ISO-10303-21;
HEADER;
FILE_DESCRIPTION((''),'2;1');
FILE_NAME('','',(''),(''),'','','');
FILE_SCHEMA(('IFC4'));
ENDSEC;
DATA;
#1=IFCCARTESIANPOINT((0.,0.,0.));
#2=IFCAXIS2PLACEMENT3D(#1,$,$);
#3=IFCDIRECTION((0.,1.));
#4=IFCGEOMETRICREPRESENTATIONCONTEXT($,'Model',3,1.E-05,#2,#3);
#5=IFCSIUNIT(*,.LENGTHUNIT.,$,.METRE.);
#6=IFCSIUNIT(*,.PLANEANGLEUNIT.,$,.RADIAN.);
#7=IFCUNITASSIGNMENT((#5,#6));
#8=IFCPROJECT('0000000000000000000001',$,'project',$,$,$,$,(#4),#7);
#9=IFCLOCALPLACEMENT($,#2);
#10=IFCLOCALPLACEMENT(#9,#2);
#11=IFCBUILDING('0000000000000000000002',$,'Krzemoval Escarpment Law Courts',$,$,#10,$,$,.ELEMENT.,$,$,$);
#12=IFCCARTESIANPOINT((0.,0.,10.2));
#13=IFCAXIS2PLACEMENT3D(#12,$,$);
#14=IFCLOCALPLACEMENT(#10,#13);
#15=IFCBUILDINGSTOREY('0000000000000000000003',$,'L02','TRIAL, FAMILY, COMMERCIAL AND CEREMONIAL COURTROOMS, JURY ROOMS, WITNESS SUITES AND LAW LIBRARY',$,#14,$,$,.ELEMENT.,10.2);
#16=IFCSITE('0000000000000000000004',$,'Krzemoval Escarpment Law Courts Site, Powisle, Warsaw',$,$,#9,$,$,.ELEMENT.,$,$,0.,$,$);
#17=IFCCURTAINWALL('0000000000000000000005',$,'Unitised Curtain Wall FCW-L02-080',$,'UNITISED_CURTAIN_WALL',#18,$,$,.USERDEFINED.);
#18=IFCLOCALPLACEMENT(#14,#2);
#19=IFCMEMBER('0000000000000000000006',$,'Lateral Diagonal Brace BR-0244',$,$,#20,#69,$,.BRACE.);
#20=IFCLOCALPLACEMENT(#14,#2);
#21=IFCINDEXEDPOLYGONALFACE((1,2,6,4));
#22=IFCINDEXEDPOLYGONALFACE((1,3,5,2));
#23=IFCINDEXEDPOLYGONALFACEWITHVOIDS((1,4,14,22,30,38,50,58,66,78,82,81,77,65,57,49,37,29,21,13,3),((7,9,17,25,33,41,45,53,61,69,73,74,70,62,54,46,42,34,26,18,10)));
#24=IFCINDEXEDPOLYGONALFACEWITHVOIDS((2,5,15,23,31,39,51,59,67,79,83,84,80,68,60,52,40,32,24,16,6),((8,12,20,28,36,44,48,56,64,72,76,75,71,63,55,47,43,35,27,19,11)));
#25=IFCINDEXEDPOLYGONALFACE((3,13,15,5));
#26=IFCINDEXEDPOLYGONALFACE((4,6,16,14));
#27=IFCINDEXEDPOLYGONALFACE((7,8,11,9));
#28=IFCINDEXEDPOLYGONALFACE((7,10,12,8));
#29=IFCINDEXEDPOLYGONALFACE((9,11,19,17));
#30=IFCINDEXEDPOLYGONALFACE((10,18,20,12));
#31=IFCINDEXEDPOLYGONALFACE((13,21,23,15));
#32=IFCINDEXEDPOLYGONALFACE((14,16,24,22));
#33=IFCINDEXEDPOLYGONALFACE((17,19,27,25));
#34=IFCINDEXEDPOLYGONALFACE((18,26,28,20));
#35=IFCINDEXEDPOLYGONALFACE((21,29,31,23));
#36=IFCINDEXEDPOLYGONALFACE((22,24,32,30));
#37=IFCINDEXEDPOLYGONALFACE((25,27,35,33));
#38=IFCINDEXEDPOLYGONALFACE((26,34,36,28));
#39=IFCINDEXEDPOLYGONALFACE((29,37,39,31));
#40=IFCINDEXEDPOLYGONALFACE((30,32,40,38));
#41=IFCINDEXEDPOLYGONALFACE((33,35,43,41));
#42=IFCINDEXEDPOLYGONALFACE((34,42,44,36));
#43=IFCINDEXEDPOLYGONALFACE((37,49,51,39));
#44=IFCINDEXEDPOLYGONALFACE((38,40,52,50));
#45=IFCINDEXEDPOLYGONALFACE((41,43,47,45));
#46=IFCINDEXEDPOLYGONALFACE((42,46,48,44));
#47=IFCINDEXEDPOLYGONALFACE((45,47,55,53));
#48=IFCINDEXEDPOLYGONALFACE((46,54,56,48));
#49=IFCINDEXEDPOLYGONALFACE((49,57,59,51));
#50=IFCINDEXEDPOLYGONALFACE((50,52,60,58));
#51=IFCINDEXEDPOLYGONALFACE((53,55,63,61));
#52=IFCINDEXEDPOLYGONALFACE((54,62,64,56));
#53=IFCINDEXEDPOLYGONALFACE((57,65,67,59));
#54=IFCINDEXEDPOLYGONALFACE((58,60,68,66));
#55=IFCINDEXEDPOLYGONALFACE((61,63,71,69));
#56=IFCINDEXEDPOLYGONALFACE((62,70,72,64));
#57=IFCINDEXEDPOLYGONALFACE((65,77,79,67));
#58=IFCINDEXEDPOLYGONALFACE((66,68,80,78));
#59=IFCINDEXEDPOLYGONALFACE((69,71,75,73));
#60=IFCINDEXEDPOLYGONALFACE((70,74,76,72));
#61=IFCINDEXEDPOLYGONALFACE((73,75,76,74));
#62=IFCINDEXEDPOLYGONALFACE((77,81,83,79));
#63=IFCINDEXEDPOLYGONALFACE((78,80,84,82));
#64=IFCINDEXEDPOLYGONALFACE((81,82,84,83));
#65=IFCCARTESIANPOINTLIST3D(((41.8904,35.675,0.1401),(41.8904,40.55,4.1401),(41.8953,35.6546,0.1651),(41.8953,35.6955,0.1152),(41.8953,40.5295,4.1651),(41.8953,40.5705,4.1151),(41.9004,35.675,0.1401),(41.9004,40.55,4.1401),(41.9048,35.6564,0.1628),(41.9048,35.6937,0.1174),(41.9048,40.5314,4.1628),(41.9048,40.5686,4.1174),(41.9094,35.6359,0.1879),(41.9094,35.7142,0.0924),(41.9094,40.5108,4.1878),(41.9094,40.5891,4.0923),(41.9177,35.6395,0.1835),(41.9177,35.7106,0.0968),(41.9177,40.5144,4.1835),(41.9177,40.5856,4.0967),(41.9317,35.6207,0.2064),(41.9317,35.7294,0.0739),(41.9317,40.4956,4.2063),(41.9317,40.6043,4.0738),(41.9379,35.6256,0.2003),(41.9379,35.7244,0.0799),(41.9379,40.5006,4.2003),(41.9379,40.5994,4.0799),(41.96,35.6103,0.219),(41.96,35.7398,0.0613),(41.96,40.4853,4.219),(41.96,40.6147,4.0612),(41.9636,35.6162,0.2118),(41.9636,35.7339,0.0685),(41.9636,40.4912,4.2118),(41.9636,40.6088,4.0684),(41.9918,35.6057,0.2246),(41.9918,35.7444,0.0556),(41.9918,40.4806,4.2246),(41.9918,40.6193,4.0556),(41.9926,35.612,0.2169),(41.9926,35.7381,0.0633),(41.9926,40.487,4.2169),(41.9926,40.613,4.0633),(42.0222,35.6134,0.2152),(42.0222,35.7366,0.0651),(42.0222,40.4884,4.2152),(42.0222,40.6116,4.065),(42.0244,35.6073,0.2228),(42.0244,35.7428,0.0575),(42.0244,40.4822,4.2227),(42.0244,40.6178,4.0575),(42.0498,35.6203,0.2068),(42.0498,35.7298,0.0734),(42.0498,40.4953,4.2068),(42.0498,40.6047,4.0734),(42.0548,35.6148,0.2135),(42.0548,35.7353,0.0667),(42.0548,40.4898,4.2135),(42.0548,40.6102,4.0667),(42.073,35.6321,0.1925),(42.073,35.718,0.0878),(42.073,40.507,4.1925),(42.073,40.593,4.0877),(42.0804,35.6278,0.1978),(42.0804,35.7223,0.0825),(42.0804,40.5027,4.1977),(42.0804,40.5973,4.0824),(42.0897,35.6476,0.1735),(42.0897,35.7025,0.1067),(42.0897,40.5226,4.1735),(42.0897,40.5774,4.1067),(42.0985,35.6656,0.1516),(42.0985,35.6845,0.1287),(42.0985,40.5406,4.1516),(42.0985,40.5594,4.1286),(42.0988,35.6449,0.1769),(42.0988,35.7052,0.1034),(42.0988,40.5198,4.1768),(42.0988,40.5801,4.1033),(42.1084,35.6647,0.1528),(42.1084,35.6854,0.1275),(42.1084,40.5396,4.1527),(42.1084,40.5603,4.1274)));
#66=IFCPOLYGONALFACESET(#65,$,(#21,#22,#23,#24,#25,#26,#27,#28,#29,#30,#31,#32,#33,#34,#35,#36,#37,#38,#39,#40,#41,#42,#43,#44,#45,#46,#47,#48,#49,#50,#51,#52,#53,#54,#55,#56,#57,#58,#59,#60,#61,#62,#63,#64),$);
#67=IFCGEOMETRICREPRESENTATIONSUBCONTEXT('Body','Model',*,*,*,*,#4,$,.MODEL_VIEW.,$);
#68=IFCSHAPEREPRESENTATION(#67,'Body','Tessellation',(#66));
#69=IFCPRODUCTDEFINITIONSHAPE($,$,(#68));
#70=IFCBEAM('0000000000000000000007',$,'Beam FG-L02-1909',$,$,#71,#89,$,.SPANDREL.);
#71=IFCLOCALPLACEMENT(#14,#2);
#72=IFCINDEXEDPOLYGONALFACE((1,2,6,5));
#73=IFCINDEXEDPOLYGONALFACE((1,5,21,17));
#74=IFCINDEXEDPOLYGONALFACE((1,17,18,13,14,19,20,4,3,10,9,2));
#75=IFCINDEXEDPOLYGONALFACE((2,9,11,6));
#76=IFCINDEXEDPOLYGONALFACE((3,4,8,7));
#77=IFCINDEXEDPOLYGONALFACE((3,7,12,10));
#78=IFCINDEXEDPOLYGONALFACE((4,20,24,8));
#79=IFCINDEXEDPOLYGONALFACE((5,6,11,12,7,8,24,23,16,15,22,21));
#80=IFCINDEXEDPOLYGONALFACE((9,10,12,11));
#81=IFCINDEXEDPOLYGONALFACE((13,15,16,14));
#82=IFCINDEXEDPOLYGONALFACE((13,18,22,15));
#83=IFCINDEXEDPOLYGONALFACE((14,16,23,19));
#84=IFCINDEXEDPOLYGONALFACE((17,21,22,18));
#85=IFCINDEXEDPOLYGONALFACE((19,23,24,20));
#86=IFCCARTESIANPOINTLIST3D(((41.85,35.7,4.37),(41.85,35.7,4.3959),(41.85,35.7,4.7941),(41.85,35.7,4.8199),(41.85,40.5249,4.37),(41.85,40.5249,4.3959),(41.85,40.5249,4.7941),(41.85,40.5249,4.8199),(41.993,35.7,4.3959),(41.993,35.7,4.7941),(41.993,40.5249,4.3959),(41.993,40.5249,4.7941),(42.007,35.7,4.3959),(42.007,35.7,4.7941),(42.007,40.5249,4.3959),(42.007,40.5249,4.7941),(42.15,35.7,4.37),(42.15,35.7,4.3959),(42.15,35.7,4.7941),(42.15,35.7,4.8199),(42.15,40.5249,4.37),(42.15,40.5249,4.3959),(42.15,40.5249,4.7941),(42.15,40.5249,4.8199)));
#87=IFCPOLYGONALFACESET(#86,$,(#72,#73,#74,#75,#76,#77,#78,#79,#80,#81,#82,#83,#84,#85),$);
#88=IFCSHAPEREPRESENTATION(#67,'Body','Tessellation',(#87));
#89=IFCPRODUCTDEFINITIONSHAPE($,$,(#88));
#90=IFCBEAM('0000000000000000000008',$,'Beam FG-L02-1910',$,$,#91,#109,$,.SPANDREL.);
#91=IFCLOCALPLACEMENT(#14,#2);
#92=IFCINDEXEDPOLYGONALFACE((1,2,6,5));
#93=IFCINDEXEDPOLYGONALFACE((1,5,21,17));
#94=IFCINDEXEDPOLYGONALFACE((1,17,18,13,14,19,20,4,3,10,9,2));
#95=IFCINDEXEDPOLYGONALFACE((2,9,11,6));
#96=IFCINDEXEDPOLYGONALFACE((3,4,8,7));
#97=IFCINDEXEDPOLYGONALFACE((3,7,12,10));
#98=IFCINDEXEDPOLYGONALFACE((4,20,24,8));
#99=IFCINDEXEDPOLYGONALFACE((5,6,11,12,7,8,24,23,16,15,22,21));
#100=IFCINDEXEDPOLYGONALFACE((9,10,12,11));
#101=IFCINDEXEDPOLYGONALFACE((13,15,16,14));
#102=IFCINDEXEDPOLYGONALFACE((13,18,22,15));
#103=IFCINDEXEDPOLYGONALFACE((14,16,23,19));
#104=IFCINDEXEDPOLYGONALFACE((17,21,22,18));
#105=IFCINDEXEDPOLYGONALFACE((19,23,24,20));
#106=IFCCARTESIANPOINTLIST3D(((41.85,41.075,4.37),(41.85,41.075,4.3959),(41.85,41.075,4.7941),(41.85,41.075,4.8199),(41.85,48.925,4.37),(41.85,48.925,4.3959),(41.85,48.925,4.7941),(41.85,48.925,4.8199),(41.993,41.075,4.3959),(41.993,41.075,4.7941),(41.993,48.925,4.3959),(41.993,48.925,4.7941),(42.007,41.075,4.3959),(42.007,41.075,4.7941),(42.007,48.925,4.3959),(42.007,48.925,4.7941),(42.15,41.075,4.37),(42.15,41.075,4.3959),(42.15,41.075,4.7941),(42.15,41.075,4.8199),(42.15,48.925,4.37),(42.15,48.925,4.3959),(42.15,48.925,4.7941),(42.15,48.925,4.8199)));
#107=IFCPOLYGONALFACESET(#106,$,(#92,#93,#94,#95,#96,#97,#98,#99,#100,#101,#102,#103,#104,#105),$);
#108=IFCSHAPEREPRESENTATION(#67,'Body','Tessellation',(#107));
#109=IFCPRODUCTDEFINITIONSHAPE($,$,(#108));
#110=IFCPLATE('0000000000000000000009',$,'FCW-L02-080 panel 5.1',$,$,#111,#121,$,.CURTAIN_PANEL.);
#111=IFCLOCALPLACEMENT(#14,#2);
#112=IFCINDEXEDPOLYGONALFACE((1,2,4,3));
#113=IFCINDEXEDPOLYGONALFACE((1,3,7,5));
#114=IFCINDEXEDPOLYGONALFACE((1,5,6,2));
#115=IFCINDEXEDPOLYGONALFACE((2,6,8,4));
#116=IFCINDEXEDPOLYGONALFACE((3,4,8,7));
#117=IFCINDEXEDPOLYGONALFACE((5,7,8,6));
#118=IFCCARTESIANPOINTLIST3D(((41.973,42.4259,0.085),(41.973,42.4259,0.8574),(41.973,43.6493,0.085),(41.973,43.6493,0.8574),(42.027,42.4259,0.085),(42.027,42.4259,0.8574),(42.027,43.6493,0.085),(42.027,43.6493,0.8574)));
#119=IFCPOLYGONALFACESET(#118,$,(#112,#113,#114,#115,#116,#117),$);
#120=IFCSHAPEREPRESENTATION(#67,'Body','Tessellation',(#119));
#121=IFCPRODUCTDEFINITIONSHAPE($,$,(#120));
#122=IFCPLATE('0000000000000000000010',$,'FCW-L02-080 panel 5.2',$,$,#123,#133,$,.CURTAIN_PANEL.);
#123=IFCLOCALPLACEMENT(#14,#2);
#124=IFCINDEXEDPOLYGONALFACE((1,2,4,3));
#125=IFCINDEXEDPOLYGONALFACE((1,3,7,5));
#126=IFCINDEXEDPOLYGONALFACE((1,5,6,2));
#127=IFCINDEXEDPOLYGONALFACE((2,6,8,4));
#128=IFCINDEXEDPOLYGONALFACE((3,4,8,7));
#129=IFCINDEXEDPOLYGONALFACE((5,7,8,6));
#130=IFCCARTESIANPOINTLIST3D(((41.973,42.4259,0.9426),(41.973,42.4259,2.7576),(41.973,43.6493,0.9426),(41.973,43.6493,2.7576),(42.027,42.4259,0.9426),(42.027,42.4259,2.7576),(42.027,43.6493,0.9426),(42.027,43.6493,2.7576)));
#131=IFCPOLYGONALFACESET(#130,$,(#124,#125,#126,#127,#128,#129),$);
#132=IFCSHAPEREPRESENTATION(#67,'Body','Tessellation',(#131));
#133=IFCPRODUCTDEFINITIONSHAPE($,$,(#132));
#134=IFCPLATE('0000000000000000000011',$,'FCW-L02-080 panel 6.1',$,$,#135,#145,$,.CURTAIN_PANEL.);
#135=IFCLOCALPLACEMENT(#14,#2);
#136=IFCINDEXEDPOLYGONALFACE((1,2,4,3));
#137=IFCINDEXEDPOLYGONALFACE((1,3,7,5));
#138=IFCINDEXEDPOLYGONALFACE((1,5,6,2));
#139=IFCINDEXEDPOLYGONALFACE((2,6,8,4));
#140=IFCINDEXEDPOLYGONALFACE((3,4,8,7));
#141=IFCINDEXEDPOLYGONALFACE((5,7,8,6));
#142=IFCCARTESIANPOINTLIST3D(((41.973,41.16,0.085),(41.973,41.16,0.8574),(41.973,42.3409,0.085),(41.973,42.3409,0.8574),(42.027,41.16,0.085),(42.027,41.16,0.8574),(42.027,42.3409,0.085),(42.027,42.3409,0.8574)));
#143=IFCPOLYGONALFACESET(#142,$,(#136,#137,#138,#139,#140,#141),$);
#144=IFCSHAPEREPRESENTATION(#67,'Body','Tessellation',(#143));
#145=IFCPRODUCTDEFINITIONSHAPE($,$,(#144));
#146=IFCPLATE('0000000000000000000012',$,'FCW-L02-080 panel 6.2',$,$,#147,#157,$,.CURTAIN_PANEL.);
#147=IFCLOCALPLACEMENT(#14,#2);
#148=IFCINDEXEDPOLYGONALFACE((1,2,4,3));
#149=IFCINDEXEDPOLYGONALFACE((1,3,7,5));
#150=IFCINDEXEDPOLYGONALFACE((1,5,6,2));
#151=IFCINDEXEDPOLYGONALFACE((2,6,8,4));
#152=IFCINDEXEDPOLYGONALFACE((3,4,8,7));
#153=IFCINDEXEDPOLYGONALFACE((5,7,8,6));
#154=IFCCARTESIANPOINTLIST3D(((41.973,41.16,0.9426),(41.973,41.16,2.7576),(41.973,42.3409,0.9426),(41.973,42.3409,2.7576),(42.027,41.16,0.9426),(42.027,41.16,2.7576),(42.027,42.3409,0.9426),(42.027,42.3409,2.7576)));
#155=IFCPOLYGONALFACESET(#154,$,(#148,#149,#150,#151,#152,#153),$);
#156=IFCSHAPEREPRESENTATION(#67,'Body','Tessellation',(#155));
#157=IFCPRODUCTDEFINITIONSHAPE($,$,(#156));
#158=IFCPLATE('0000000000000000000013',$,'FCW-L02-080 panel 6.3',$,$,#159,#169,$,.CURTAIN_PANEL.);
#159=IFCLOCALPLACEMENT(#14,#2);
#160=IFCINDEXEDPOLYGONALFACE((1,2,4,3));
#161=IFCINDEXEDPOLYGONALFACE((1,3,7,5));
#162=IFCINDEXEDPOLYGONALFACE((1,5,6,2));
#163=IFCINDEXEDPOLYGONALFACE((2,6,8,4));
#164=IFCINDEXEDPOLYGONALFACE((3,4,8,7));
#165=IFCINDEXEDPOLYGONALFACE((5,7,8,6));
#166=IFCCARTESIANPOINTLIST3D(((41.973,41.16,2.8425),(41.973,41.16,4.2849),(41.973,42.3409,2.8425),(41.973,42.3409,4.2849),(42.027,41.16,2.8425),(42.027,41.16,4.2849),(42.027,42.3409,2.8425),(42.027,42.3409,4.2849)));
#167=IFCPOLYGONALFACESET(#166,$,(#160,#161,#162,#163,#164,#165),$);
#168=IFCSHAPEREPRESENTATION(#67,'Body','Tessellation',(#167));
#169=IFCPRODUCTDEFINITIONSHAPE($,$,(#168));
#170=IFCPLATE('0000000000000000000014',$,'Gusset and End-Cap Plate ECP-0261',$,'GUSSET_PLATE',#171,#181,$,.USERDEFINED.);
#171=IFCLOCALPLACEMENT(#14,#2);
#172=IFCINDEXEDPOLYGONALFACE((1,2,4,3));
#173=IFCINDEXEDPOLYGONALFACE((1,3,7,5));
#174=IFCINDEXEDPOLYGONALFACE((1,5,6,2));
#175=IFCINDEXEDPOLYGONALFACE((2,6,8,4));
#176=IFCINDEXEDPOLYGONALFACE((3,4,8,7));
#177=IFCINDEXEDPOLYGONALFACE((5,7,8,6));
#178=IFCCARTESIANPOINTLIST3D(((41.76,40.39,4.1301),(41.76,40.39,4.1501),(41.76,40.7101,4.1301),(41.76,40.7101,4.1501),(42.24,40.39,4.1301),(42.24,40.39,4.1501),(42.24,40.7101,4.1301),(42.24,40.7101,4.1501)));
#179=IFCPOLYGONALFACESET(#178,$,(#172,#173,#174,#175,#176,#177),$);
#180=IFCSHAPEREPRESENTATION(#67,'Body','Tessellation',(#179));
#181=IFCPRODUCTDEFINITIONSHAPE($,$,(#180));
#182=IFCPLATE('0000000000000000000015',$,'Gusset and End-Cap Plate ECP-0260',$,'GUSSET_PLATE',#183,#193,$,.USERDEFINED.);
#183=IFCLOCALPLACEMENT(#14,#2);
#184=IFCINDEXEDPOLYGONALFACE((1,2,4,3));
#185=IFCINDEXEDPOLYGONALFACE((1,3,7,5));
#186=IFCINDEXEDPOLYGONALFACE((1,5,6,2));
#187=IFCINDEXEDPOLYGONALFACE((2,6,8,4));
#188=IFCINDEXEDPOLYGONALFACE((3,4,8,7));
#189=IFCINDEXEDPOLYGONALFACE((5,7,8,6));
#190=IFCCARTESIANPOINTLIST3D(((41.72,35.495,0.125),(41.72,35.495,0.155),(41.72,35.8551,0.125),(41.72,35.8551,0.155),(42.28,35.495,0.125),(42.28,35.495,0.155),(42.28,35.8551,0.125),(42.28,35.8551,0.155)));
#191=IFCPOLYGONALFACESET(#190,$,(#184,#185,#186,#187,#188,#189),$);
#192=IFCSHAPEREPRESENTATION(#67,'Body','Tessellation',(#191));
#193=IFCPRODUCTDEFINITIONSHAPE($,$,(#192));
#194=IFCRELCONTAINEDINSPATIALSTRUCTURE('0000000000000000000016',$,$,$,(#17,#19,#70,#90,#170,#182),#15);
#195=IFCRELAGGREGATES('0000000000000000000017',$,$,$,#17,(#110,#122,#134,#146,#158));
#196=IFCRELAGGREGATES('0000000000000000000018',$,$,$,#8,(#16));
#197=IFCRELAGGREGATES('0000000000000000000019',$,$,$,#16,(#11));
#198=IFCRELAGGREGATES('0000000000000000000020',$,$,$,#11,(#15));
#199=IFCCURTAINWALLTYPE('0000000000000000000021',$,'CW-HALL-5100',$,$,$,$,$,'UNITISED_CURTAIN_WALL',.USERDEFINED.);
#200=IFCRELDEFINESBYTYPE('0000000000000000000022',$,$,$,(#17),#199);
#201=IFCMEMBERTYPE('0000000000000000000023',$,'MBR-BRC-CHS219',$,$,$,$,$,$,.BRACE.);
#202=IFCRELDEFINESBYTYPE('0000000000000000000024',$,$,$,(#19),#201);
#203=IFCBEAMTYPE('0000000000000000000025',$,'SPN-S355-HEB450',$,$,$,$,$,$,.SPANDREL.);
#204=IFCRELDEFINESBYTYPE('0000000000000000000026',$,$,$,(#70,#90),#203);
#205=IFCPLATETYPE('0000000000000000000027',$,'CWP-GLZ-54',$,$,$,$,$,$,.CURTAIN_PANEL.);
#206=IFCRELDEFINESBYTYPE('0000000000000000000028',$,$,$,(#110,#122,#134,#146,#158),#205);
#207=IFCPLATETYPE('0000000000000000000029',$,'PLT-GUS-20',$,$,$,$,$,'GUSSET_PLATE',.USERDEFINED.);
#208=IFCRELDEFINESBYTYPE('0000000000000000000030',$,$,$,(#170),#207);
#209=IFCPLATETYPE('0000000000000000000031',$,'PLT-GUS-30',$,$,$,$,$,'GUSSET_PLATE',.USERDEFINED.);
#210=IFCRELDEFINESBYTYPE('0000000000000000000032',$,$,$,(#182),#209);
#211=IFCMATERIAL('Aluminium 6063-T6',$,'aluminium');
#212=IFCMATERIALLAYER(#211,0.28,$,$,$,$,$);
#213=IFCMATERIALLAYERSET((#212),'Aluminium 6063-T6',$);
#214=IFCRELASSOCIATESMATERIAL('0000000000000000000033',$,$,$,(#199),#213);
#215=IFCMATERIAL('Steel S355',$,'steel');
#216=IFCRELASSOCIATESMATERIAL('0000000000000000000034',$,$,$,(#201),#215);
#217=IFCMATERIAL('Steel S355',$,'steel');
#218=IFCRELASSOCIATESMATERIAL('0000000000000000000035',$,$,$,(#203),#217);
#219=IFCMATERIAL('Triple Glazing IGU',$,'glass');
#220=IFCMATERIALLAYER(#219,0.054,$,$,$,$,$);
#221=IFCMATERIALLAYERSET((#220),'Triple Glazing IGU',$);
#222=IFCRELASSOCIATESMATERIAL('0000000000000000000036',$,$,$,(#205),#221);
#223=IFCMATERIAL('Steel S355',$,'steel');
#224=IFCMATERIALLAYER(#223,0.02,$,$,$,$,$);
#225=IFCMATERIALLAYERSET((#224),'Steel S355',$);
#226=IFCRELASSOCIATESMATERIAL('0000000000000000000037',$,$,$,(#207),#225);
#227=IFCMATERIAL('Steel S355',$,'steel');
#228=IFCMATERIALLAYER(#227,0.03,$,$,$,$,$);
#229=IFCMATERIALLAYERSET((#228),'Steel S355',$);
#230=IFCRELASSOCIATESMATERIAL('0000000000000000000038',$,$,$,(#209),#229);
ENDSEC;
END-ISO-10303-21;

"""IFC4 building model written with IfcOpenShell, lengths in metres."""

from ifc_helpers import new_model, si_unit, direction, frame, origin, origin_2d, place, context, subcontext, project, spatial, rectangle, hollow_circle, i_section, extrude, material, layer, layer_set, material_profile, profile_set, type_object, element, aggregate, save


model = new_model("IFC4")

# Units and contexts
model_context = context("Model", 3, precision=1e-05, world=origin(), true_north=direction((0.0, 1.0)))
body_context = subcontext(model_context, "Body", "Model", "MODEL_VIEW")
ifc_project = project(units=[si_unit("LENGTHUNIT", "METRE"), si_unit("PLANEANGLEUNIT", "RADIAN")], contexts=[model_context])

# Site, building, storey
site_placement = place(None, origin())
site = spatial("IfcSite", under=ifc_project, at=site_placement, Name="Krzemoval Escarpment Law Courts Site, Powisle, Warsaw", CompositionType="ELEMENT", RefElevation=0.0)
building_placement = place(site_placement, origin())
building = spatial("IfcBuilding", under=site, at=building_placement, Name="Krzemoval Escarpment Law Courts", CompositionType="ELEMENT")
storey_placement = place(building_placement, frame((0.0, 0.0, 10.2)))
storey = spatial("IfcBuildingStorey", under=building, at=storey_placement, Name="L02", Description="TRIAL, FAMILY, COMMERCIAL AND CEREMONIAL COURTROOMS, JURY ROOMS, WITNESS SUITES AND LAW LIBRARY", CompositionType="ELEMENT", Elevation=10.2)

# Curtain wall
ifc_material_1 = material(Name="Aluminium 6063-T6", Category="aluminium")
ifc_layer_1 = layer(ifc_material_1, 0.28)
ifc_layer_set_1 = layer_set([ifc_layer_1], Name="Aluminium 6063-T6")
curtain_wall_type = type_object("IfcCurtainWallType", Name="CW-HALL-5100", ElementType="UNITISED_CURTAIN_WALL", PredefinedType="USERDEFINED", material=ifc_layer_set_1)
curtain_wall_placement = place(storey_placement, origin())
curtain_wall = element("IfcCurtainWall", 1, at=curtain_wall_placement, inside=storey, type_object=curtain_wall_type, Name="Unitised Curtain Wall FCW-L02-080", ObjectType="UNITISED_CURTAIN_WALL", PredefinedType="USERDEFINED")

# Member
ifc_material_2 = material(Name="Steel S355", Category="steel")
ifc_material_profile_1 = material_profile(ifc_material_2, hollow_circle(Radius=0.1096, WallThickness=0.01, at=origin_2d()), Name="CHS 219.1x10")
ifc_profile_set_1 = profile_set([ifc_material_profile_1], Name="Steel S355")
member_type_1 = type_object("IfcMemberType", Name="MBR-BRC-CHS219", PredefinedType="BRACE", material=ifc_profile_set_1)
member_1_placement = place(storey_placement, frame((42.0, 35.675, 0.1401), z_axis=(0.0, 0.773073, 0.634317), x_axis=(-1.0, 0.0, 0.0)))
element("IfcMember", 2, at=member_1_placement, inside=storey, type_object=member_type_1, Name="Lateral Diagonal Brace BR-0244", PredefinedType="BRACE", context=body_context, shape_type="SweptSolid", body=[
    extrude(hollow_circle(Radius=0.1096, WallThickness=0.01, at=origin_2d()), origin(), (0.0, 0.0, 1.0), 6.3059),
])

# Beams
ifc_material_3 = material(Name="Steel S355", Category="steel")
ifc_material_profile_2 = material_profile(ifc_material_3, i_section(OverallWidth=0.3, OverallDepth=0.45, WebThickness=0.0139, FlangeThickness=0.0259, at=origin_2d()), Name="HEB 450")
ifc_profile_set_2 = profile_set([ifc_material_profile_2], Name="Steel S355")
beam_type_1 = type_object("IfcBeamType", Name="SPN-S355-HEB450", PredefinedType="SPANDREL", material=ifc_profile_set_2)
beam_1_placement = place(storey_placement, frame((42.0, 35.7, 4.595), z_axis=(0.0, 1.0, 0.0), x_axis=(-1.0, 0.0, 0.0)))
element("IfcBeam", 3, at=beam_1_placement, inside=storey, type_object=beam_type_1, Name="Beam FG-L02-1909", PredefinedType="SPANDREL", context=body_context, shape_type="SweptSolid", body=[
    extrude(i_section(OverallWidth=0.3, OverallDepth=0.45, WebThickness=0.0139, FlangeThickness=0.0259, at=origin_2d()), origin(), (0.0, 0.0, 1.0), 4.825),
])
beam_2_placement = place(storey_placement, frame((42.0, 41.075, 4.595), z_axis=(0.0, 1.0, 0.0), x_axis=(-1.0, 0.0, 0.0)))
element("IfcBeam", 4, at=beam_2_placement, inside=storey, type_object=beam_type_1, Name="Beam FG-L02-1910", PredefinedType="SPANDREL", context=body_context, shape_type="SweptSolid", body=[
    extrude(i_section(OverallWidth=0.3, OverallDepth=0.45, WebThickness=0.0139, FlangeThickness=0.0259, at=origin_2d()), origin(), (0.0, 0.0, 1.0), 7.8501),
])

# Plates
ifc_material_4 = material(Name="Triple Glazing IGU", Category="glass")
ifc_layer_2 = layer(ifc_material_4, 0.054)
ifc_layer_set_2 = layer_set([ifc_layer_2], Name="Triple Glazing IGU")
plate_type_1 = type_object("IfcPlateType", Name="CWP-GLZ-54", PredefinedType="CURTAIN_PANEL", material=ifc_layer_set_2)
plate_1_placement = place(storey_placement, frame((42.0, 43.0376, 0.085), z_axis=(0.0, 0.0, 1.0), x_axis=(0.0, -1.0, 0.0)))
plate_1 = element("IfcPlate", 5, at=plate_1_placement, type_object=plate_type_1, Name="FCW-L02-080 panel 5.1", PredefinedType="CURTAIN_PANEL", context=body_context, shape_type="SweptSolid", body=[
    extrude(rectangle(XDim=1.2234, YDim=0.054, at=origin_2d()), origin(), (0.0, 0.0, 1.0), 0.7725),
])
plate_2_placement = place(storey_placement, frame((42.0, 43.0376, 0.9426), z_axis=(0.0, 0.0, 1.0), x_axis=(0.0, -1.0, 0.0)))
plate_2 = element("IfcPlate", 6, at=plate_2_placement, type_object=plate_type_1, Name="FCW-L02-080 panel 5.2", PredefinedType="CURTAIN_PANEL", context=body_context, shape_type="SweptSolid", body=[
    extrude(rectangle(XDim=1.2234, YDim=0.054, at=origin_2d()), origin(), (0.0, 0.0, 1.0), 1.8149),
])
plate_3_placement = place(storey_placement, frame((42.0, 41.7505, 0.085), z_axis=(0.0, 0.0, 1.0), x_axis=(0.0, -1.0, 0.0)))
plate_3 = element("IfcPlate", 7, at=plate_3_placement, type_object=plate_type_1, Name="FCW-L02-080 panel 6.1", PredefinedType="CURTAIN_PANEL", context=body_context, shape_type="SweptSolid", body=[
    extrude(rectangle(XDim=1.1809, YDim=0.054, at=origin_2d()), origin(), (0.0, 0.0, 1.0), 0.7725),
])
plate_4_placement = place(storey_placement, frame((42.0, 41.7505, 0.9426), z_axis=(0.0, 0.0, 1.0), x_axis=(0.0, -1.0, 0.0)))
plate_4 = element("IfcPlate", 8, at=plate_4_placement, type_object=plate_type_1, Name="FCW-L02-080 panel 6.2", PredefinedType="CURTAIN_PANEL", context=body_context, shape_type="SweptSolid", body=[
    extrude(rectangle(XDim=1.1809, YDim=0.054, at=origin_2d()), origin(), (0.0, 0.0, 1.0), 1.8149),
])
plate_5_placement = place(storey_placement, frame((42.0, 41.7505, 2.8425), z_axis=(0.0, 0.0, 1.0), x_axis=(0.0, -1.0, 0.0)))
plate_5 = element("IfcPlate", 9, at=plate_5_placement, type_object=plate_type_1, Name="FCW-L02-080 panel 6.3", PredefinedType="CURTAIN_PANEL", context=body_context, shape_type="SweptSolid", body=[
    extrude(rectangle(XDim=1.1809, YDim=0.054, at=origin_2d()), origin(), (0.0, 0.0, 1.0), 1.4424),
])
aggregate(curtain_wall, [plate_1, plate_2, plate_3, plate_4, plate_5])

# Plates
ifc_material_5 = material(Name="Steel S355", Category="steel")
ifc_layer_3 = layer(ifc_material_5, 0.02)
ifc_layer_set_3 = layer_set([ifc_layer_3], Name="Steel S355")
plate_type_2 = type_object("IfcPlateType", Name="PLT-GUS-20", ElementType="GUSSET_PLATE", PredefinedType="USERDEFINED", material=ifc_layer_set_3)
plate_6_placement = place(storey_placement, frame((42.0, 40.55, 4.1301), z_axis=(0.0, 0.0, 1.0), x_axis=(1.0, 0.0, 0.0)))
element("IfcPlate", 10, at=plate_6_placement, inside=storey, type_object=plate_type_2, Name="Gusset and End-Cap Plate ECP-0261", ObjectType="GUSSET_PLATE", PredefinedType="USERDEFINED", context=body_context, shape_type="SweptSolid", body=[
    extrude(rectangle(XDim=0.48, YDim=0.3201, at=origin_2d()), origin(), (0.0, 0.0, 1.0), 0.02),
])
ifc_material_6 = material(Name="Steel S355", Category="steel")
ifc_layer_4 = layer(ifc_material_6, 0.03)
ifc_layer_set_4 = layer_set([ifc_layer_4], Name="Steel S355")
plate_type_3 = type_object("IfcPlateType", Name="PLT-GUS-30", ElementType="GUSSET_PLATE", PredefinedType="USERDEFINED", material=ifc_layer_set_4)
plate_7_placement = place(storey_placement, frame((42.0, 35.675, 0.125), z_axis=(0.0, 0.0, 1.0), x_axis=(1.0, 0.0, 0.0)))
element("IfcPlate", 11, at=plate_7_placement, inside=storey, type_object=plate_type_3, Name="Gusset and End-Cap Plate ECP-0260", ObjectType="GUSSET_PLATE", PredefinedType="USERDEFINED", context=body_context, shape_type="SweptSolid", body=[
    extrude(rectangle(XDim=0.5601, YDim=0.3601, at=origin_2d()), origin(), (0.0, 0.0, 1.0), 0.03),
])

save(model, "model.ifc")
